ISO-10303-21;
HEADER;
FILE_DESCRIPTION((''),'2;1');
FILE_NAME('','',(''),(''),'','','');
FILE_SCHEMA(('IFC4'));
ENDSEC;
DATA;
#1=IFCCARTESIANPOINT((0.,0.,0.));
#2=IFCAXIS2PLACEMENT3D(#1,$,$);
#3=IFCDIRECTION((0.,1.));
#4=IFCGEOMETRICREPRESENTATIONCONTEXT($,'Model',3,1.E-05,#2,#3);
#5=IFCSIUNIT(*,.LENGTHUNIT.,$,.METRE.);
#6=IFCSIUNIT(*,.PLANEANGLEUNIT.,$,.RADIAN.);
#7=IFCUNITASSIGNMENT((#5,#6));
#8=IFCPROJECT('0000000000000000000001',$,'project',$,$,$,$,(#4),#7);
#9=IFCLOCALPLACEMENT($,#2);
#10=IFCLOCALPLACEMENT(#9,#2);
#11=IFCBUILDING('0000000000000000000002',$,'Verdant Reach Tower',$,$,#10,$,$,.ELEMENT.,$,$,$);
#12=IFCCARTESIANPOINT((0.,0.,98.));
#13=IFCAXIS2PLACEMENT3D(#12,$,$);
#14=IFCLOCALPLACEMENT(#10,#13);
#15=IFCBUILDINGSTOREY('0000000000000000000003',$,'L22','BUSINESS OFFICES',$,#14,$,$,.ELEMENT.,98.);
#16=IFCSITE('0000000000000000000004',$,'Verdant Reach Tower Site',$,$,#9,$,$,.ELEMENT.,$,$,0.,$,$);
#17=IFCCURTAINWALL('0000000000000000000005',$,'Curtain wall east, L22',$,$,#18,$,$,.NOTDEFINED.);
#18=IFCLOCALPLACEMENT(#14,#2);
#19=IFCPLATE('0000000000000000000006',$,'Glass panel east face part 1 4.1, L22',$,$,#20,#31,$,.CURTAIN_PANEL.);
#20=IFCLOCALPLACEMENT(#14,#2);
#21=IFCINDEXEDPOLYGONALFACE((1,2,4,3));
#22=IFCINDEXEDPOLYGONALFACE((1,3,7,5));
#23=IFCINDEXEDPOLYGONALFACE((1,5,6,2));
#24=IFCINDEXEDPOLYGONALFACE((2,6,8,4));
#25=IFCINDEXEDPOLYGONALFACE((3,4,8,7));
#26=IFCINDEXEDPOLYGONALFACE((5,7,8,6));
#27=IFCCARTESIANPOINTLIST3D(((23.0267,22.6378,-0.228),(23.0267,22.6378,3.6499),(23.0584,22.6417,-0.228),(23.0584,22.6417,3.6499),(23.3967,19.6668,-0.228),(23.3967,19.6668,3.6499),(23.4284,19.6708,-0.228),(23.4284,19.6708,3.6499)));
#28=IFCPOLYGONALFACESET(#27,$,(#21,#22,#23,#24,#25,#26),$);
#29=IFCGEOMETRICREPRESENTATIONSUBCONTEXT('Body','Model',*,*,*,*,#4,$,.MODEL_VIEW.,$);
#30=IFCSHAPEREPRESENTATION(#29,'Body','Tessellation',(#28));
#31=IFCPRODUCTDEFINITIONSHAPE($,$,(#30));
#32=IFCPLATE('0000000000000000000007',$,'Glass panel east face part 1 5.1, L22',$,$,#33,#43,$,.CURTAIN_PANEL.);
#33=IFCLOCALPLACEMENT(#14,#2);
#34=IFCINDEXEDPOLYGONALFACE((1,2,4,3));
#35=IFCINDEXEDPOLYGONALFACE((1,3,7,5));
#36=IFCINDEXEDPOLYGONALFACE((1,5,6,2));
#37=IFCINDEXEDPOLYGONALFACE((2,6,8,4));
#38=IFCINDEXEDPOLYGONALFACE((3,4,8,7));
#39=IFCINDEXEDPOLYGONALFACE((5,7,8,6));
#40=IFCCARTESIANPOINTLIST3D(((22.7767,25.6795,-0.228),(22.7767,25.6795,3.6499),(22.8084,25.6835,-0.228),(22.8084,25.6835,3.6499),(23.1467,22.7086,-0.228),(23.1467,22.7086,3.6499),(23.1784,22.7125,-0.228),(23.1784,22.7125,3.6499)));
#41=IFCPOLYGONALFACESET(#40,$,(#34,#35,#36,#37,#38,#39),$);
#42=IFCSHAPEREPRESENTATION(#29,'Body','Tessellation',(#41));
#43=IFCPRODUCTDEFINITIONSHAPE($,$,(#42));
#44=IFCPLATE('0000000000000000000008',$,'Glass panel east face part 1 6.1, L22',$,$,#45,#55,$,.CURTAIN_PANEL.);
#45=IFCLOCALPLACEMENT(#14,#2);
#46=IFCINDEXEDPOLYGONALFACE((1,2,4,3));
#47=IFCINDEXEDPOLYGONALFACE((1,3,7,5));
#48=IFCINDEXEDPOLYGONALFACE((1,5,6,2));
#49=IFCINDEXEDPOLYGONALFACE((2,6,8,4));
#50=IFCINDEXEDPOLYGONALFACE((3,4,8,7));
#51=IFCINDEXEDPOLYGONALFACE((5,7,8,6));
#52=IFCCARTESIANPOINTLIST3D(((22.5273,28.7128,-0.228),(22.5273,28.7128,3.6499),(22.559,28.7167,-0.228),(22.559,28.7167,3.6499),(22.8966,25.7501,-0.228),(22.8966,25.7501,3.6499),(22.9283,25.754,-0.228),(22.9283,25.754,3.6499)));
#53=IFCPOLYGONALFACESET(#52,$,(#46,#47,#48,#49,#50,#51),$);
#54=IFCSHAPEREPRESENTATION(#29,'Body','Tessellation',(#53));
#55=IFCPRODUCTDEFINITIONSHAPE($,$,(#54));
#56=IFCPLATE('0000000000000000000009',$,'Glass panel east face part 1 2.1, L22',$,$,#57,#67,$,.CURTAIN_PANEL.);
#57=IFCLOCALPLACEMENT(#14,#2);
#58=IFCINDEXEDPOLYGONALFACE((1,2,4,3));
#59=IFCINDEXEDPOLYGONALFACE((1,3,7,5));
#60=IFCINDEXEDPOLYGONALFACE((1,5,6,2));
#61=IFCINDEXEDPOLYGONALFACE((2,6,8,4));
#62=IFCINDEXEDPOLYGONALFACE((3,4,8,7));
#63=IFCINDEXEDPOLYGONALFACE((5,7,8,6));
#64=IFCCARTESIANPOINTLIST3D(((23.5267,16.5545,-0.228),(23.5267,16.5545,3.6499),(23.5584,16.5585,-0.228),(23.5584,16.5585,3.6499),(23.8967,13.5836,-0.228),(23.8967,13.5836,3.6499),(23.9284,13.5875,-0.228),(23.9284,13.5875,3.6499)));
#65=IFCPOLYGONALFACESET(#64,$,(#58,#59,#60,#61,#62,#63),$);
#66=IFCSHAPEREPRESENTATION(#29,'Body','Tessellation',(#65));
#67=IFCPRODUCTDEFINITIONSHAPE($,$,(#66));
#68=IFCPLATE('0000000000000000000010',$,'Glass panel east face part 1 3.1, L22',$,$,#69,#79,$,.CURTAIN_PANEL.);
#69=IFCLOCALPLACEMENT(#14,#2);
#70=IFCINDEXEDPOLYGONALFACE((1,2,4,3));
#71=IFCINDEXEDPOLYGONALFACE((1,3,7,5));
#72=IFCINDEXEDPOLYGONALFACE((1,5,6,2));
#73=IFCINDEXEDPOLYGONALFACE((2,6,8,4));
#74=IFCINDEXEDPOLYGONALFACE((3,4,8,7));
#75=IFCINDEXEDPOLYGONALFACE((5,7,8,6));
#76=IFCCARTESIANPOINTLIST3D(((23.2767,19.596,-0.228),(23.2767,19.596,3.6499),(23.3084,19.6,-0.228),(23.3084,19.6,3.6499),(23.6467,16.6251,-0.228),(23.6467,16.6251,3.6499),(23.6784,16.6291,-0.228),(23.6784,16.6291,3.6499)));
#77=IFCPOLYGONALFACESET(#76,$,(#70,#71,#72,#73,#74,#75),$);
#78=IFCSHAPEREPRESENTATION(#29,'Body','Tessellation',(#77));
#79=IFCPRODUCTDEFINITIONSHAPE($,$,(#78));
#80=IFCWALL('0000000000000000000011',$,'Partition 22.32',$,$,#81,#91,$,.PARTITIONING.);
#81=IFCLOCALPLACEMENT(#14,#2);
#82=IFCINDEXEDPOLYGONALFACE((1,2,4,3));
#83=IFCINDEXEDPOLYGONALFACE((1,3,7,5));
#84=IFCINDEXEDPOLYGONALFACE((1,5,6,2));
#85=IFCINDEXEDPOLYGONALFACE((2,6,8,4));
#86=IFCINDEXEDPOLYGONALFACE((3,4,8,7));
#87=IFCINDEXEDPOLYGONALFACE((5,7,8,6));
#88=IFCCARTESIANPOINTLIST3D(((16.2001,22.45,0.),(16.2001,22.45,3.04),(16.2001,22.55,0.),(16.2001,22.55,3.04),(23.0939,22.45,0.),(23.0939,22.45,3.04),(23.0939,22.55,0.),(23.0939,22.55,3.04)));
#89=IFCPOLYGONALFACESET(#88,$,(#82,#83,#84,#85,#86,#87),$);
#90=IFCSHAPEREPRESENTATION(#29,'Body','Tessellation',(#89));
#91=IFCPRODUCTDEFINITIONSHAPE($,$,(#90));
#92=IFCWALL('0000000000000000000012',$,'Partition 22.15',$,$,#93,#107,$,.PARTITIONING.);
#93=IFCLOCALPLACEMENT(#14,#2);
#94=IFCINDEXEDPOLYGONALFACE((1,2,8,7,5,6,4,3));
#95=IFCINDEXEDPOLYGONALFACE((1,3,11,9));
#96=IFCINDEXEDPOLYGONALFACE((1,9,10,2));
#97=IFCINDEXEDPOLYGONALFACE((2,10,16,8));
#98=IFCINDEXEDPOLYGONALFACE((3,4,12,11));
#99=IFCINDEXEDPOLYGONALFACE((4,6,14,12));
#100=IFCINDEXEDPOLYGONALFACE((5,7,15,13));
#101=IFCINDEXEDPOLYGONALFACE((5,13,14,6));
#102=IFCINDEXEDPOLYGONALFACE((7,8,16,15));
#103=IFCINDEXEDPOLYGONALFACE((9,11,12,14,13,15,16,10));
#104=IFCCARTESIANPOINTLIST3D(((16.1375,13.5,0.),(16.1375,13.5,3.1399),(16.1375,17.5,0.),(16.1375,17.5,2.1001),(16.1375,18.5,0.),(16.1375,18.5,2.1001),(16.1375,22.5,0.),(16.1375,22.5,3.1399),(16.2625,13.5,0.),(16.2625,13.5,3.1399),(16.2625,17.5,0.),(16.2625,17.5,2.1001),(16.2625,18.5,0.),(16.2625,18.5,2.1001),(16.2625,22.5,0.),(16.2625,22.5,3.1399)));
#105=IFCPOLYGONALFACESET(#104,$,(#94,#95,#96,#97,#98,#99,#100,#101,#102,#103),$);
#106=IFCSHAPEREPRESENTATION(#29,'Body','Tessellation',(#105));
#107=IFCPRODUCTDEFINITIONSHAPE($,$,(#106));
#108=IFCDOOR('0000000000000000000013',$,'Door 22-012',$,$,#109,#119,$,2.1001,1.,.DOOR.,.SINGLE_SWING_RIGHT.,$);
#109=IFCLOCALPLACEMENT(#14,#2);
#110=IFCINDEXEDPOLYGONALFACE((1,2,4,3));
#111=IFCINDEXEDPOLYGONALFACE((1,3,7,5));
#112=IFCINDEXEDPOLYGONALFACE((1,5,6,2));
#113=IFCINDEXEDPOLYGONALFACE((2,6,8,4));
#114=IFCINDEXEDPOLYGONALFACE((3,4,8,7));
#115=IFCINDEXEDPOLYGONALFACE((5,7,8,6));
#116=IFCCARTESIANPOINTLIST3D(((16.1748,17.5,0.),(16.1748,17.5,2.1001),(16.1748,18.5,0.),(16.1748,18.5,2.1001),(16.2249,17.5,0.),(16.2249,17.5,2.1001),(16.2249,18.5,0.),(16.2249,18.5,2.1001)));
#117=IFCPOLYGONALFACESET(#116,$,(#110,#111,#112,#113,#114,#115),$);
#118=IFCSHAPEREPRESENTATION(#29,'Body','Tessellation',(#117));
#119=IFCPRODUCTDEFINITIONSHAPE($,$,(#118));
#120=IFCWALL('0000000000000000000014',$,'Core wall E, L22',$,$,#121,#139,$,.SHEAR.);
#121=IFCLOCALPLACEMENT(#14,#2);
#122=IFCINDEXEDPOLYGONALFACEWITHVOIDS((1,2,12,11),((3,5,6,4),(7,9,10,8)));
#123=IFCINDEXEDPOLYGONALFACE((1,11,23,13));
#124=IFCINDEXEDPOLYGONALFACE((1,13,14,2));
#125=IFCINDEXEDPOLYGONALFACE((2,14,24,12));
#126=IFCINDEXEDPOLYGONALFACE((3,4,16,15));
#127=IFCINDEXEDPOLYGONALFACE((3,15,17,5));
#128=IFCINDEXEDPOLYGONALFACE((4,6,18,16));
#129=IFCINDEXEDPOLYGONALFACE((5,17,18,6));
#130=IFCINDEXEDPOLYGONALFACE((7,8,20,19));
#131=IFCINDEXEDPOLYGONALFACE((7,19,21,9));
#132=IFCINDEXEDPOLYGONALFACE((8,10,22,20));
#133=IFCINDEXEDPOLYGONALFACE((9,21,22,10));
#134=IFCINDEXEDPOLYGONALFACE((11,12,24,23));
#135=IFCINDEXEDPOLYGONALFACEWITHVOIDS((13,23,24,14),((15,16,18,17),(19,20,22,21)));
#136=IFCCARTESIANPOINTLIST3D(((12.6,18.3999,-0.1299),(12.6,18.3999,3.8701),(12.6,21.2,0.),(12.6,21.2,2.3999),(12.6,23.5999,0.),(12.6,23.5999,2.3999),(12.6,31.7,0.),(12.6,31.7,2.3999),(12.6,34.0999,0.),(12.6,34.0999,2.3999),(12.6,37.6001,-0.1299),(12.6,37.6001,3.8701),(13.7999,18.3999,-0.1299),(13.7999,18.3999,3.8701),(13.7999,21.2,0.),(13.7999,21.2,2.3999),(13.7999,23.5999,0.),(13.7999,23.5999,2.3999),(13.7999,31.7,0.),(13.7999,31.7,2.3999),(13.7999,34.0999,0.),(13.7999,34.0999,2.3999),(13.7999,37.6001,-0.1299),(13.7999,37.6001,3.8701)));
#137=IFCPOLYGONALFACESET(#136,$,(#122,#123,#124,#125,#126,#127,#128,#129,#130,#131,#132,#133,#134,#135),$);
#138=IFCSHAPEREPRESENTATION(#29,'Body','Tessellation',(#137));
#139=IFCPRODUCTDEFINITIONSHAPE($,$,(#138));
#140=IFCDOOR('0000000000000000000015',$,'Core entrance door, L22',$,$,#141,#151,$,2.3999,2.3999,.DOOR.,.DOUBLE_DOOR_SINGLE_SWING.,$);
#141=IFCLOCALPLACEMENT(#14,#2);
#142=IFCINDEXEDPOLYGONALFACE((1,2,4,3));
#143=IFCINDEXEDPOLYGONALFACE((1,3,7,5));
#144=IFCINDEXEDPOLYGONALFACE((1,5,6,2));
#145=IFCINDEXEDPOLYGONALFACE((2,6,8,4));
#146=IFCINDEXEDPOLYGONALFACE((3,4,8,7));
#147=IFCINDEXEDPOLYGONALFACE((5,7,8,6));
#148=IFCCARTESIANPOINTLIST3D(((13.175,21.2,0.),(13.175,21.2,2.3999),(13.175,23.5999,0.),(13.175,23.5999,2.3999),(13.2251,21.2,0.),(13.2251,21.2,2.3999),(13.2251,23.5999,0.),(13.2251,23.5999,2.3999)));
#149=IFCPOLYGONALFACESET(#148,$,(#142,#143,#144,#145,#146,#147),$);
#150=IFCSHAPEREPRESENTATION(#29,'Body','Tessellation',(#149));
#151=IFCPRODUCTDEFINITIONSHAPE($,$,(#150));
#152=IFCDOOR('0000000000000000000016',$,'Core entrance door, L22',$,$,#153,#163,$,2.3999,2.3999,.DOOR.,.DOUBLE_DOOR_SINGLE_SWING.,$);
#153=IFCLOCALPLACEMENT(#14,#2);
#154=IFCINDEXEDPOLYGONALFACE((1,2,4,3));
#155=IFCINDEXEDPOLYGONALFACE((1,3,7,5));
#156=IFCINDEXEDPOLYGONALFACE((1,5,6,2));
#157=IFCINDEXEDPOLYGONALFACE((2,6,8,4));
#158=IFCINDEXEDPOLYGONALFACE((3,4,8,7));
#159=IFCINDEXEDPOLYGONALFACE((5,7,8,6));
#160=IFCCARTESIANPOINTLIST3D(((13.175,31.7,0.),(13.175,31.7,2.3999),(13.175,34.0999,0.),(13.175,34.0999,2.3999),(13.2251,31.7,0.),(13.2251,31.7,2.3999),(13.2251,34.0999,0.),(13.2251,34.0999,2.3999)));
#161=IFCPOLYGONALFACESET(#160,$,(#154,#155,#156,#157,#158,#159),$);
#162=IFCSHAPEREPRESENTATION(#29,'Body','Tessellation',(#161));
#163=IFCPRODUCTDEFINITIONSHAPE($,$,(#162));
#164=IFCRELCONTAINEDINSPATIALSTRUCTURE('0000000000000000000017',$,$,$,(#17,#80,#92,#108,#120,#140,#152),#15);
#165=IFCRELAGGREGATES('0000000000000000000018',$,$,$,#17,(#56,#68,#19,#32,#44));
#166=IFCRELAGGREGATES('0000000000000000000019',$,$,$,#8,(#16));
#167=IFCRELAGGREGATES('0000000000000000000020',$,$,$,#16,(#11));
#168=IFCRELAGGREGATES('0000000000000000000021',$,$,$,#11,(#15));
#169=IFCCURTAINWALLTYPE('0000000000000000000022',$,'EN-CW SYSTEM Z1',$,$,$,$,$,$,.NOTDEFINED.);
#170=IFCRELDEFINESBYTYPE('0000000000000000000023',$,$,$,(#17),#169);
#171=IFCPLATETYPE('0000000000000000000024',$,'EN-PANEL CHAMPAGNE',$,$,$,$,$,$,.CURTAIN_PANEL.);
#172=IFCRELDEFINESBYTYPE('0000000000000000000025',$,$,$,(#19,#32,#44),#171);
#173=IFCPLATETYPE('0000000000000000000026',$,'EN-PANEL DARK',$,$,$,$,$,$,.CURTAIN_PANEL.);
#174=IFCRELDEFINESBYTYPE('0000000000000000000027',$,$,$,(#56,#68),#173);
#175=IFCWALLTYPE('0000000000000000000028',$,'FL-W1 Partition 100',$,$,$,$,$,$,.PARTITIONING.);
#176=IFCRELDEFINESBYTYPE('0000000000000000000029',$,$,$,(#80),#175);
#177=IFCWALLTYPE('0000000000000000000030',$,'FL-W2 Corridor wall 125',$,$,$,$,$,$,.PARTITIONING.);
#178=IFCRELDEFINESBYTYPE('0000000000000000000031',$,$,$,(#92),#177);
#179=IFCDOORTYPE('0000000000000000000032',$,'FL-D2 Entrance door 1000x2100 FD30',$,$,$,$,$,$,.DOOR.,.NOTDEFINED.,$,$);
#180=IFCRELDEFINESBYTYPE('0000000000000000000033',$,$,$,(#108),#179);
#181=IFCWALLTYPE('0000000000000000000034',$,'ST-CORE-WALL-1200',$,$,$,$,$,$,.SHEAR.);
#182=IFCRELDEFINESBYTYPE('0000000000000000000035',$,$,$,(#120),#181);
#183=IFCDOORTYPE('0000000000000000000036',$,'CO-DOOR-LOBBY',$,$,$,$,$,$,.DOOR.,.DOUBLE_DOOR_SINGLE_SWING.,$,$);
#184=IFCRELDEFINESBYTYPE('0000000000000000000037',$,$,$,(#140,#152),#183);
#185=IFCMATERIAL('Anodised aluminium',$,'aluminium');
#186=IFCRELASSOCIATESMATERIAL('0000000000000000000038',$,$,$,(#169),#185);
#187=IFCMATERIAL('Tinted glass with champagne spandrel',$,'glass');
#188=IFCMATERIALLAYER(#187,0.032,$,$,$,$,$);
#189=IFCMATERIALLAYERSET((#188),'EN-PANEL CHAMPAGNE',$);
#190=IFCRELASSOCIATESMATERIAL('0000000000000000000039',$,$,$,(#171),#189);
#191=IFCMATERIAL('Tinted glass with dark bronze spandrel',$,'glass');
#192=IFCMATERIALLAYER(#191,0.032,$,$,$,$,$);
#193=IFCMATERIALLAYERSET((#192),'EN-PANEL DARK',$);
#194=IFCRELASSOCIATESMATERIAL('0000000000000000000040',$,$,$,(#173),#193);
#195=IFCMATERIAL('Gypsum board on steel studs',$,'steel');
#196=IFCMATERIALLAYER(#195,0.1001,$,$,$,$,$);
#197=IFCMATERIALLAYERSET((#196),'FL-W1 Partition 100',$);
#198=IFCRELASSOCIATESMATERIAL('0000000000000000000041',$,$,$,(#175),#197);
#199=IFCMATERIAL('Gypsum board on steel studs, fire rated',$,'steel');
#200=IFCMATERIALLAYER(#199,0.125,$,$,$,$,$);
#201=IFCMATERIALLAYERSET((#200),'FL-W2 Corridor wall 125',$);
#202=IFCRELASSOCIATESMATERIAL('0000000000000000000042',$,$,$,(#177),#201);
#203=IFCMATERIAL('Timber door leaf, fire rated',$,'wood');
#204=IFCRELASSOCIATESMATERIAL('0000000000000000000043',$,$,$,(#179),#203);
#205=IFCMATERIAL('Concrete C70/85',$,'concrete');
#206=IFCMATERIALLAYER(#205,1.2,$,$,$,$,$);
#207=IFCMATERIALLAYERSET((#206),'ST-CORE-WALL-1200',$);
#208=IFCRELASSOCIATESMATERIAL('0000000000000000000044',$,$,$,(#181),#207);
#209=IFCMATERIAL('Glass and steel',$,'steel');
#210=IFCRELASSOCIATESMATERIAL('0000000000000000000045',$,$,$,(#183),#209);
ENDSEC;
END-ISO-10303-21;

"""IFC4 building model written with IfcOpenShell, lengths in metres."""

from ifc_helpers import new_model, si_unit, direction, frame, frame_2d, origin, origin_2d, place, context, subcontext, project, spatial, rectangle, extrude, material, layer, layer_set, type_object, element, fill, aggregate, save


model = new_model("IFC4")

# Units and contexts
model_context = context("Model", 3, precision=1e-05, world=origin(), true_north=direction((0.0, 1.0)))
body_context = subcontext(model_context, "Body", "Model", "MODEL_VIEW")
ifc_project = project(units=[si_unit("LENGTHUNIT", "METRE"), si_unit("PLANEANGLEUNIT", "RADIAN")], contexts=[model_context])

# Site, building, storey
site_placement = place(None, origin())
site = spatial("IfcSite", under=ifc_project, at=site_placement, Name="Verdant Reach Tower Site", CompositionType="ELEMENT", RefElevation=0.0)
building_placement = place(site_placement, origin())
building = spatial("IfcBuilding", under=site, at=building_placement, Name="Verdant Reach Tower", CompositionType="ELEMENT")
storey_placement = place(building_placement, frame((0.0, 0.0, 98.0)))
storey = spatial("IfcBuildingStorey", under=building, at=storey_placement, Name="L22", Description="BUSINESS OFFICES", CompositionType="ELEMENT", Elevation=98.0)

# Curtain wall, plates
ifc_material_1 = material(Name="Anodised aluminium", Category="aluminium")
curtain_wall_type = type_object("IfcCurtainWallType", Name="EN-CW SYSTEM Z1", PredefinedType="NOTDEFINED", material=ifc_material_1)
curtain_wall_placement = place(storey_placement, origin())
curtain_wall = element("IfcCurtainWall", 1, at=curtain_wall_placement, inside=storey, type_object=curtain_wall_type, Name="Curtain wall east, L22", PredefinedType="NOTDEFINED")
ifc_material_2 = material(Name="Tinted glass with champagne spandrel", Category="glass")
ifc_layer_1 = layer(ifc_material_2, 0.032)
ifc_layer_set_1 = layer_set([ifc_layer_1], Name="EN-PANEL CHAMPAGNE")
plate_type_1 = type_object("IfcPlateType", Name="EN-PANEL CHAMPAGNE", PredefinedType="CURTAIN_PANEL", material=ifc_layer_set_1)
plate_1_placement = place(storey_placement, frame((23.2275, 21.1543, -0.228), z_axis=(0.0, 0.0, 1.0), x_axis=(-0.123579, 0.992335, 0.0)))
plate_1 = element("IfcPlate", 2, at=plate_1_placement, type_object=plate_type_1, Name="Glass panel east face part 1 4.1, L22", PredefinedType="CURTAIN_PANEL", context=body_context, shape_type="SweptSolid", body=[
    extrude(rectangle(XDim=2.9939, YDim=0.032, at=origin_2d()), origin(), (0.0, 0.0, 1.0), 3.8779),
])
plate_2_placement = place(storey_placement, frame((22.9775, 24.196, -0.228), z_axis=(0.0, 0.0, 1.0), x_axis=(-0.123579, 0.992335, 0.0)))
plate_2 = element("IfcPlate", 3, at=plate_2_placement, type_object=plate_type_1, Name="Glass panel east face part 1 5.1, L22", PredefinedType="CURTAIN_PANEL", context=body_context, shape_type="SweptSolid", body=[
    extrude(rectangle(XDim=2.9939, YDim=0.032, at=origin_2d()), origin(), (0.0, 0.0, 1.0), 3.8779),
])
plate_3_placement = place(storey_placement, frame((22.7278, 27.2334, -0.228), z_axis=(0.0, 0.0, 1.0), x_axis=(-0.123691, 0.992321, 0.0)))
plate_3 = element("IfcPlate", 4, at=plate_3_placement, type_object=plate_type_1, Name="Glass panel east face part 1 6.1, L22", PredefinedType="CURTAIN_PANEL", context=body_context, shape_type="SweptSolid", body=[
    extrude(rectangle(XDim=2.9856, YDim=0.032, at=origin_2d()), origin(), (0.0, 0.0, 1.0), 3.8779),
])
ifc_material_3 = material(Name="Tinted glass with dark bronze spandrel", Category="glass")
ifc_layer_2 = layer(ifc_material_3, 0.032)
ifc_layer_set_2 = layer_set([ifc_layer_2], Name="EN-PANEL DARK")
plate_type_2 = type_object("IfcPlateType", Name="EN-PANEL DARK", PredefinedType="CURTAIN_PANEL", material=ifc_layer_set_2)
plate_4_placement = place(storey_placement, frame((23.7275, 15.071, -0.228), z_axis=(0.0, 0.0, 1.0), x_axis=(-0.123579, 0.992335, 0.0)))
plate_4 = element("IfcPlate", 5, at=plate_4_placement, type_object=plate_type_2, Name="Glass panel east face part 1 2.1, L22", PredefinedType="CURTAIN_PANEL", context=body_context, shape_type="SweptSolid", body=[
    extrude(rectangle(XDim=2.9939, YDim=0.032, at=origin_2d()), origin(), (0.0, 0.0, 1.0), 3.8779),
])
plate_5_placement = place(storey_placement, frame((23.4775, 18.1125, -0.228), z_axis=(0.0, 0.0, 1.0), x_axis=(-0.123579, 0.992335, 0.0)))
plate_5 = element("IfcPlate", 6, at=plate_5_placement, type_object=plate_type_2, Name="Glass panel east face part 1 3.1, L22", PredefinedType="CURTAIN_PANEL", context=body_context, shape_type="SweptSolid", body=[
    extrude(rectangle(XDim=2.9939, YDim=0.032, at=origin_2d()), origin(), (0.0, 0.0, 1.0), 3.8779),
])
aggregate(curtain_wall, [plate_4, plate_5, plate_1, plate_2, plate_3])

# Wall
ifc_material_4 = material(Name="Gypsum board on steel studs", Category="steel")
ifc_layer_3 = layer(ifc_material_4, 0.1001)
ifc_layer_set_3 = layer_set([ifc_layer_3], Name="FL-W1 Partition 100")
wall_type_1 = type_object("IfcWallType", Name="FL-W1 Partition 100", PredefinedType="PARTITIONING", material=ifc_layer_set_3)
wall_1_placement = place(storey_placement, frame((23.0938, 22.5, 0.0), z_axis=(0.0, 0.0, 1.0), x_axis=(-1.0, 0.0, 0.0)))
element("IfcWall", 7, at=wall_1_placement, inside=storey, type_object=wall_type_1, Name="Partition 22.32", PredefinedType="PARTITIONING", context=body_context, shape_type="SweptSolid", body=[
    extrude(rectangle(XDim=6.8938, YDim=0.1001, at=frame_2d((3.4468, 0.0))), origin(), (0.0, 0.0, 1.0), 3.04),
])

# Wall, opening, door
ifc_material_5 = material(Name="Gypsum board on steel studs, fire rated", Category="steel")
ifc_layer_4 = layer(ifc_material_5, 0.125)
ifc_layer_set_4 = layer_set([ifc_layer_4], Name="FL-W2 Corridor wall 125")
wall_type_2 = type_object("IfcWallType", Name="FL-W2 Corridor wall 125", PredefinedType="PARTITIONING", material=ifc_layer_set_4)
wall_2_placement = place(storey_placement, frame((16.2, 22.5, 0.0), z_axis=(0.0, 0.0, 1.0), x_axis=(0.0, -1.0, 0.0)))
wall_2 = element("IfcWall", 8, at=wall_2_placement, inside=storey, type_object=wall_type_2, Name="Partition 22.15", PredefinedType="PARTITIONING", context=body_context, shape_type="SweptSolid", body=[
    extrude(rectangle(XDim=9.0, YDim=0.125, at=frame_2d((4.5, 0.0))), origin(), (0.0, 0.0, 1.0), 3.1399),
])
opening_1_placement = place(wall_2_placement, frame((4.0, 0.0, 0.0)))
opening_1 = element("IfcOpeningElement", 9, at=opening_1_placement, cuts=wall_2, PredefinedType="OPENING", context=body_context, shape_type="SweptSolid", body=[
    extrude(rectangle(XDim=1.0, YDim=2.1001, at=frame_2d((0.5, 1.05))), frame((0.0, 0.0725, 0.0), z_axis=(0.0, -1.0, 0.0), x_axis=(1.0, 0.0, 0.0)), (0.0, 0.0, 1.0), 0.145),
])
ifc_material_6 = material(Name="Timber door leaf, fire rated", Category="wood")
door_type_1 = type_object("IfcDoorType", Name="FL-D2 Entrance door 1000x2100 FD30", OperationType="NOTDEFINED", PredefinedType="DOOR", material=ifc_material_6)
door_1_placement = place(opening_1_placement, origin())
door_1 = element("IfcDoor", 10, at=door_1_placement, inside=storey, type_object=door_type_1, Name="Door 22-012", OperationType="SINGLE_SWING_RIGHT", OverallHeight=2.1001, OverallWidth=1.0, PredefinedType="DOOR", context=body_context, shape_type="SweptSolid", body=[
    extrude(rectangle(XDim=1.0, YDim=2.1001, at=frame_2d((0.5, 1.05))), frame((0.0, 0.0249, 0.0), z_axis=(0.0, -1.0, 0.0), x_axis=(1.0, 0.0, 0.0)), (0.0, 0.0, 1.0), 0.05),
])
fill(opening_1, door_1)

# Wall, openings, doors
ifc_material_7 = material(Name="Concrete C70/85", Category="concrete")
ifc_layer_5 = layer(ifc_material_7, 1.2)
ifc_layer_set_5 = layer_set([ifc_layer_5], Name="ST-CORE-WALL-1200")
wall_type_3 = type_object("IfcWallType", Name="ST-CORE-WALL-1200", PredefinedType="SHEAR", material=ifc_layer_set_5)
wall_3_placement = place(storey_placement, frame((13.2, 18.3999, -0.1299), z_axis=(0.0, 0.0, 1.0), x_axis=(0.0, 1.0, 0.0)))
wall_3 = element("IfcWall", 11, at=wall_3_placement, inside=storey, type_object=wall_type_3, Name="Core wall E, L22", PredefinedType="SHEAR", context=body_context, shape_type="SweptSolid", body=[
    extrude(rectangle(XDim=19.2002, YDim=1.2, at=frame_2d((9.6001, 0.0))), origin(), (0.0, 0.0, 1.0), 4.0),
])
opening_2_placement = place(wall_3_placement, frame((2.8, 0.0, 0.1299)))
opening_2 = element("IfcOpeningElement", 12, at=opening_2_placement, cuts=wall_3, PredefinedType="OPENING", context=body_context, shape_type="SweptSolid", body=[
    extrude(rectangle(XDim=2.3999, YDim=2.3999, at=frame_2d((1.2, 1.2))), frame((0.0, 0.6099, 0.0), z_axis=(0.0, -1.0, 0.0), x_axis=(1.0, 0.0, 0.0)), (0.0, 0.0, 1.0), 1.22),
])
opening_3_placement = place(wall_3_placement, frame((13.3, 0.0, 0.1299)))
opening_3 = element("IfcOpeningElement", 13, at=opening_3_placement, cuts=wall_3, PredefinedType="OPENING", context=body_context, shape_type="SweptSolid", body=[
    extrude(rectangle(XDim=2.3999, YDim=2.3999, at=frame_2d((1.2, 1.2))), frame((0.0, 0.6099, 0.0), z_axis=(0.0, -1.0, 0.0), x_axis=(1.0, 0.0, 0.0)), (0.0, 0.0, 1.0), 1.22),
])
ifc_material_8 = material(Name="Glass and steel", Category="steel")
door_type_2 = type_object("IfcDoorType", Name="CO-DOOR-LOBBY", OperationType="DOUBLE_DOOR_SINGLE_SWING", PredefinedType="DOOR", material=ifc_material_8)
door_2_placement = place(opening_2_placement, origin())
door_2 = element("IfcDoor", 14, at=door_2_placement, inside=storey, type_object=door_type_2, Name="Core entrance door, L22", OperationType="DOUBLE_DOOR_SINGLE_SWING", OverallHeight=2.3999, OverallWidth=2.3999, PredefinedType="DOOR", context=body_context, shape_type="SweptSolid", body=[
    extrude(rectangle(XDim=2.3999, YDim=2.3999, at=frame_2d((1.2, 1.2))), frame((0.0, 0.0249, 0.0), z_axis=(0.0, -1.0, 0.0), x_axis=(1.0, 0.0, 0.0)), (0.0, 0.0, 1.0), 0.05),
])
fill(opening_2, door_2)
door_3_placement = place(opening_3_placement, origin())
door_3 = element("IfcDoor", 15, at=door_3_placement, inside=storey, type_object=door_type_2, Name="Core entrance door, L22", OperationType="DOUBLE_DOOR_SINGLE_SWING", OverallHeight=2.3999, OverallWidth=2.3999, PredefinedType="DOOR", context=body_context, shape_type="SweptSolid", body=[
    extrude(rectangle(XDim=2.3999, YDim=2.3999, at=frame_2d((1.2, 1.2))), frame((0.0, 0.0249, 0.0), z_axis=(0.0, -1.0, 0.0), x_axis=(1.0, 0.0, 0.0)), (0.0, 0.0, 1.0), 0.05),
])
fill(opening_3, door_3)

save(model, "model.ifc")
